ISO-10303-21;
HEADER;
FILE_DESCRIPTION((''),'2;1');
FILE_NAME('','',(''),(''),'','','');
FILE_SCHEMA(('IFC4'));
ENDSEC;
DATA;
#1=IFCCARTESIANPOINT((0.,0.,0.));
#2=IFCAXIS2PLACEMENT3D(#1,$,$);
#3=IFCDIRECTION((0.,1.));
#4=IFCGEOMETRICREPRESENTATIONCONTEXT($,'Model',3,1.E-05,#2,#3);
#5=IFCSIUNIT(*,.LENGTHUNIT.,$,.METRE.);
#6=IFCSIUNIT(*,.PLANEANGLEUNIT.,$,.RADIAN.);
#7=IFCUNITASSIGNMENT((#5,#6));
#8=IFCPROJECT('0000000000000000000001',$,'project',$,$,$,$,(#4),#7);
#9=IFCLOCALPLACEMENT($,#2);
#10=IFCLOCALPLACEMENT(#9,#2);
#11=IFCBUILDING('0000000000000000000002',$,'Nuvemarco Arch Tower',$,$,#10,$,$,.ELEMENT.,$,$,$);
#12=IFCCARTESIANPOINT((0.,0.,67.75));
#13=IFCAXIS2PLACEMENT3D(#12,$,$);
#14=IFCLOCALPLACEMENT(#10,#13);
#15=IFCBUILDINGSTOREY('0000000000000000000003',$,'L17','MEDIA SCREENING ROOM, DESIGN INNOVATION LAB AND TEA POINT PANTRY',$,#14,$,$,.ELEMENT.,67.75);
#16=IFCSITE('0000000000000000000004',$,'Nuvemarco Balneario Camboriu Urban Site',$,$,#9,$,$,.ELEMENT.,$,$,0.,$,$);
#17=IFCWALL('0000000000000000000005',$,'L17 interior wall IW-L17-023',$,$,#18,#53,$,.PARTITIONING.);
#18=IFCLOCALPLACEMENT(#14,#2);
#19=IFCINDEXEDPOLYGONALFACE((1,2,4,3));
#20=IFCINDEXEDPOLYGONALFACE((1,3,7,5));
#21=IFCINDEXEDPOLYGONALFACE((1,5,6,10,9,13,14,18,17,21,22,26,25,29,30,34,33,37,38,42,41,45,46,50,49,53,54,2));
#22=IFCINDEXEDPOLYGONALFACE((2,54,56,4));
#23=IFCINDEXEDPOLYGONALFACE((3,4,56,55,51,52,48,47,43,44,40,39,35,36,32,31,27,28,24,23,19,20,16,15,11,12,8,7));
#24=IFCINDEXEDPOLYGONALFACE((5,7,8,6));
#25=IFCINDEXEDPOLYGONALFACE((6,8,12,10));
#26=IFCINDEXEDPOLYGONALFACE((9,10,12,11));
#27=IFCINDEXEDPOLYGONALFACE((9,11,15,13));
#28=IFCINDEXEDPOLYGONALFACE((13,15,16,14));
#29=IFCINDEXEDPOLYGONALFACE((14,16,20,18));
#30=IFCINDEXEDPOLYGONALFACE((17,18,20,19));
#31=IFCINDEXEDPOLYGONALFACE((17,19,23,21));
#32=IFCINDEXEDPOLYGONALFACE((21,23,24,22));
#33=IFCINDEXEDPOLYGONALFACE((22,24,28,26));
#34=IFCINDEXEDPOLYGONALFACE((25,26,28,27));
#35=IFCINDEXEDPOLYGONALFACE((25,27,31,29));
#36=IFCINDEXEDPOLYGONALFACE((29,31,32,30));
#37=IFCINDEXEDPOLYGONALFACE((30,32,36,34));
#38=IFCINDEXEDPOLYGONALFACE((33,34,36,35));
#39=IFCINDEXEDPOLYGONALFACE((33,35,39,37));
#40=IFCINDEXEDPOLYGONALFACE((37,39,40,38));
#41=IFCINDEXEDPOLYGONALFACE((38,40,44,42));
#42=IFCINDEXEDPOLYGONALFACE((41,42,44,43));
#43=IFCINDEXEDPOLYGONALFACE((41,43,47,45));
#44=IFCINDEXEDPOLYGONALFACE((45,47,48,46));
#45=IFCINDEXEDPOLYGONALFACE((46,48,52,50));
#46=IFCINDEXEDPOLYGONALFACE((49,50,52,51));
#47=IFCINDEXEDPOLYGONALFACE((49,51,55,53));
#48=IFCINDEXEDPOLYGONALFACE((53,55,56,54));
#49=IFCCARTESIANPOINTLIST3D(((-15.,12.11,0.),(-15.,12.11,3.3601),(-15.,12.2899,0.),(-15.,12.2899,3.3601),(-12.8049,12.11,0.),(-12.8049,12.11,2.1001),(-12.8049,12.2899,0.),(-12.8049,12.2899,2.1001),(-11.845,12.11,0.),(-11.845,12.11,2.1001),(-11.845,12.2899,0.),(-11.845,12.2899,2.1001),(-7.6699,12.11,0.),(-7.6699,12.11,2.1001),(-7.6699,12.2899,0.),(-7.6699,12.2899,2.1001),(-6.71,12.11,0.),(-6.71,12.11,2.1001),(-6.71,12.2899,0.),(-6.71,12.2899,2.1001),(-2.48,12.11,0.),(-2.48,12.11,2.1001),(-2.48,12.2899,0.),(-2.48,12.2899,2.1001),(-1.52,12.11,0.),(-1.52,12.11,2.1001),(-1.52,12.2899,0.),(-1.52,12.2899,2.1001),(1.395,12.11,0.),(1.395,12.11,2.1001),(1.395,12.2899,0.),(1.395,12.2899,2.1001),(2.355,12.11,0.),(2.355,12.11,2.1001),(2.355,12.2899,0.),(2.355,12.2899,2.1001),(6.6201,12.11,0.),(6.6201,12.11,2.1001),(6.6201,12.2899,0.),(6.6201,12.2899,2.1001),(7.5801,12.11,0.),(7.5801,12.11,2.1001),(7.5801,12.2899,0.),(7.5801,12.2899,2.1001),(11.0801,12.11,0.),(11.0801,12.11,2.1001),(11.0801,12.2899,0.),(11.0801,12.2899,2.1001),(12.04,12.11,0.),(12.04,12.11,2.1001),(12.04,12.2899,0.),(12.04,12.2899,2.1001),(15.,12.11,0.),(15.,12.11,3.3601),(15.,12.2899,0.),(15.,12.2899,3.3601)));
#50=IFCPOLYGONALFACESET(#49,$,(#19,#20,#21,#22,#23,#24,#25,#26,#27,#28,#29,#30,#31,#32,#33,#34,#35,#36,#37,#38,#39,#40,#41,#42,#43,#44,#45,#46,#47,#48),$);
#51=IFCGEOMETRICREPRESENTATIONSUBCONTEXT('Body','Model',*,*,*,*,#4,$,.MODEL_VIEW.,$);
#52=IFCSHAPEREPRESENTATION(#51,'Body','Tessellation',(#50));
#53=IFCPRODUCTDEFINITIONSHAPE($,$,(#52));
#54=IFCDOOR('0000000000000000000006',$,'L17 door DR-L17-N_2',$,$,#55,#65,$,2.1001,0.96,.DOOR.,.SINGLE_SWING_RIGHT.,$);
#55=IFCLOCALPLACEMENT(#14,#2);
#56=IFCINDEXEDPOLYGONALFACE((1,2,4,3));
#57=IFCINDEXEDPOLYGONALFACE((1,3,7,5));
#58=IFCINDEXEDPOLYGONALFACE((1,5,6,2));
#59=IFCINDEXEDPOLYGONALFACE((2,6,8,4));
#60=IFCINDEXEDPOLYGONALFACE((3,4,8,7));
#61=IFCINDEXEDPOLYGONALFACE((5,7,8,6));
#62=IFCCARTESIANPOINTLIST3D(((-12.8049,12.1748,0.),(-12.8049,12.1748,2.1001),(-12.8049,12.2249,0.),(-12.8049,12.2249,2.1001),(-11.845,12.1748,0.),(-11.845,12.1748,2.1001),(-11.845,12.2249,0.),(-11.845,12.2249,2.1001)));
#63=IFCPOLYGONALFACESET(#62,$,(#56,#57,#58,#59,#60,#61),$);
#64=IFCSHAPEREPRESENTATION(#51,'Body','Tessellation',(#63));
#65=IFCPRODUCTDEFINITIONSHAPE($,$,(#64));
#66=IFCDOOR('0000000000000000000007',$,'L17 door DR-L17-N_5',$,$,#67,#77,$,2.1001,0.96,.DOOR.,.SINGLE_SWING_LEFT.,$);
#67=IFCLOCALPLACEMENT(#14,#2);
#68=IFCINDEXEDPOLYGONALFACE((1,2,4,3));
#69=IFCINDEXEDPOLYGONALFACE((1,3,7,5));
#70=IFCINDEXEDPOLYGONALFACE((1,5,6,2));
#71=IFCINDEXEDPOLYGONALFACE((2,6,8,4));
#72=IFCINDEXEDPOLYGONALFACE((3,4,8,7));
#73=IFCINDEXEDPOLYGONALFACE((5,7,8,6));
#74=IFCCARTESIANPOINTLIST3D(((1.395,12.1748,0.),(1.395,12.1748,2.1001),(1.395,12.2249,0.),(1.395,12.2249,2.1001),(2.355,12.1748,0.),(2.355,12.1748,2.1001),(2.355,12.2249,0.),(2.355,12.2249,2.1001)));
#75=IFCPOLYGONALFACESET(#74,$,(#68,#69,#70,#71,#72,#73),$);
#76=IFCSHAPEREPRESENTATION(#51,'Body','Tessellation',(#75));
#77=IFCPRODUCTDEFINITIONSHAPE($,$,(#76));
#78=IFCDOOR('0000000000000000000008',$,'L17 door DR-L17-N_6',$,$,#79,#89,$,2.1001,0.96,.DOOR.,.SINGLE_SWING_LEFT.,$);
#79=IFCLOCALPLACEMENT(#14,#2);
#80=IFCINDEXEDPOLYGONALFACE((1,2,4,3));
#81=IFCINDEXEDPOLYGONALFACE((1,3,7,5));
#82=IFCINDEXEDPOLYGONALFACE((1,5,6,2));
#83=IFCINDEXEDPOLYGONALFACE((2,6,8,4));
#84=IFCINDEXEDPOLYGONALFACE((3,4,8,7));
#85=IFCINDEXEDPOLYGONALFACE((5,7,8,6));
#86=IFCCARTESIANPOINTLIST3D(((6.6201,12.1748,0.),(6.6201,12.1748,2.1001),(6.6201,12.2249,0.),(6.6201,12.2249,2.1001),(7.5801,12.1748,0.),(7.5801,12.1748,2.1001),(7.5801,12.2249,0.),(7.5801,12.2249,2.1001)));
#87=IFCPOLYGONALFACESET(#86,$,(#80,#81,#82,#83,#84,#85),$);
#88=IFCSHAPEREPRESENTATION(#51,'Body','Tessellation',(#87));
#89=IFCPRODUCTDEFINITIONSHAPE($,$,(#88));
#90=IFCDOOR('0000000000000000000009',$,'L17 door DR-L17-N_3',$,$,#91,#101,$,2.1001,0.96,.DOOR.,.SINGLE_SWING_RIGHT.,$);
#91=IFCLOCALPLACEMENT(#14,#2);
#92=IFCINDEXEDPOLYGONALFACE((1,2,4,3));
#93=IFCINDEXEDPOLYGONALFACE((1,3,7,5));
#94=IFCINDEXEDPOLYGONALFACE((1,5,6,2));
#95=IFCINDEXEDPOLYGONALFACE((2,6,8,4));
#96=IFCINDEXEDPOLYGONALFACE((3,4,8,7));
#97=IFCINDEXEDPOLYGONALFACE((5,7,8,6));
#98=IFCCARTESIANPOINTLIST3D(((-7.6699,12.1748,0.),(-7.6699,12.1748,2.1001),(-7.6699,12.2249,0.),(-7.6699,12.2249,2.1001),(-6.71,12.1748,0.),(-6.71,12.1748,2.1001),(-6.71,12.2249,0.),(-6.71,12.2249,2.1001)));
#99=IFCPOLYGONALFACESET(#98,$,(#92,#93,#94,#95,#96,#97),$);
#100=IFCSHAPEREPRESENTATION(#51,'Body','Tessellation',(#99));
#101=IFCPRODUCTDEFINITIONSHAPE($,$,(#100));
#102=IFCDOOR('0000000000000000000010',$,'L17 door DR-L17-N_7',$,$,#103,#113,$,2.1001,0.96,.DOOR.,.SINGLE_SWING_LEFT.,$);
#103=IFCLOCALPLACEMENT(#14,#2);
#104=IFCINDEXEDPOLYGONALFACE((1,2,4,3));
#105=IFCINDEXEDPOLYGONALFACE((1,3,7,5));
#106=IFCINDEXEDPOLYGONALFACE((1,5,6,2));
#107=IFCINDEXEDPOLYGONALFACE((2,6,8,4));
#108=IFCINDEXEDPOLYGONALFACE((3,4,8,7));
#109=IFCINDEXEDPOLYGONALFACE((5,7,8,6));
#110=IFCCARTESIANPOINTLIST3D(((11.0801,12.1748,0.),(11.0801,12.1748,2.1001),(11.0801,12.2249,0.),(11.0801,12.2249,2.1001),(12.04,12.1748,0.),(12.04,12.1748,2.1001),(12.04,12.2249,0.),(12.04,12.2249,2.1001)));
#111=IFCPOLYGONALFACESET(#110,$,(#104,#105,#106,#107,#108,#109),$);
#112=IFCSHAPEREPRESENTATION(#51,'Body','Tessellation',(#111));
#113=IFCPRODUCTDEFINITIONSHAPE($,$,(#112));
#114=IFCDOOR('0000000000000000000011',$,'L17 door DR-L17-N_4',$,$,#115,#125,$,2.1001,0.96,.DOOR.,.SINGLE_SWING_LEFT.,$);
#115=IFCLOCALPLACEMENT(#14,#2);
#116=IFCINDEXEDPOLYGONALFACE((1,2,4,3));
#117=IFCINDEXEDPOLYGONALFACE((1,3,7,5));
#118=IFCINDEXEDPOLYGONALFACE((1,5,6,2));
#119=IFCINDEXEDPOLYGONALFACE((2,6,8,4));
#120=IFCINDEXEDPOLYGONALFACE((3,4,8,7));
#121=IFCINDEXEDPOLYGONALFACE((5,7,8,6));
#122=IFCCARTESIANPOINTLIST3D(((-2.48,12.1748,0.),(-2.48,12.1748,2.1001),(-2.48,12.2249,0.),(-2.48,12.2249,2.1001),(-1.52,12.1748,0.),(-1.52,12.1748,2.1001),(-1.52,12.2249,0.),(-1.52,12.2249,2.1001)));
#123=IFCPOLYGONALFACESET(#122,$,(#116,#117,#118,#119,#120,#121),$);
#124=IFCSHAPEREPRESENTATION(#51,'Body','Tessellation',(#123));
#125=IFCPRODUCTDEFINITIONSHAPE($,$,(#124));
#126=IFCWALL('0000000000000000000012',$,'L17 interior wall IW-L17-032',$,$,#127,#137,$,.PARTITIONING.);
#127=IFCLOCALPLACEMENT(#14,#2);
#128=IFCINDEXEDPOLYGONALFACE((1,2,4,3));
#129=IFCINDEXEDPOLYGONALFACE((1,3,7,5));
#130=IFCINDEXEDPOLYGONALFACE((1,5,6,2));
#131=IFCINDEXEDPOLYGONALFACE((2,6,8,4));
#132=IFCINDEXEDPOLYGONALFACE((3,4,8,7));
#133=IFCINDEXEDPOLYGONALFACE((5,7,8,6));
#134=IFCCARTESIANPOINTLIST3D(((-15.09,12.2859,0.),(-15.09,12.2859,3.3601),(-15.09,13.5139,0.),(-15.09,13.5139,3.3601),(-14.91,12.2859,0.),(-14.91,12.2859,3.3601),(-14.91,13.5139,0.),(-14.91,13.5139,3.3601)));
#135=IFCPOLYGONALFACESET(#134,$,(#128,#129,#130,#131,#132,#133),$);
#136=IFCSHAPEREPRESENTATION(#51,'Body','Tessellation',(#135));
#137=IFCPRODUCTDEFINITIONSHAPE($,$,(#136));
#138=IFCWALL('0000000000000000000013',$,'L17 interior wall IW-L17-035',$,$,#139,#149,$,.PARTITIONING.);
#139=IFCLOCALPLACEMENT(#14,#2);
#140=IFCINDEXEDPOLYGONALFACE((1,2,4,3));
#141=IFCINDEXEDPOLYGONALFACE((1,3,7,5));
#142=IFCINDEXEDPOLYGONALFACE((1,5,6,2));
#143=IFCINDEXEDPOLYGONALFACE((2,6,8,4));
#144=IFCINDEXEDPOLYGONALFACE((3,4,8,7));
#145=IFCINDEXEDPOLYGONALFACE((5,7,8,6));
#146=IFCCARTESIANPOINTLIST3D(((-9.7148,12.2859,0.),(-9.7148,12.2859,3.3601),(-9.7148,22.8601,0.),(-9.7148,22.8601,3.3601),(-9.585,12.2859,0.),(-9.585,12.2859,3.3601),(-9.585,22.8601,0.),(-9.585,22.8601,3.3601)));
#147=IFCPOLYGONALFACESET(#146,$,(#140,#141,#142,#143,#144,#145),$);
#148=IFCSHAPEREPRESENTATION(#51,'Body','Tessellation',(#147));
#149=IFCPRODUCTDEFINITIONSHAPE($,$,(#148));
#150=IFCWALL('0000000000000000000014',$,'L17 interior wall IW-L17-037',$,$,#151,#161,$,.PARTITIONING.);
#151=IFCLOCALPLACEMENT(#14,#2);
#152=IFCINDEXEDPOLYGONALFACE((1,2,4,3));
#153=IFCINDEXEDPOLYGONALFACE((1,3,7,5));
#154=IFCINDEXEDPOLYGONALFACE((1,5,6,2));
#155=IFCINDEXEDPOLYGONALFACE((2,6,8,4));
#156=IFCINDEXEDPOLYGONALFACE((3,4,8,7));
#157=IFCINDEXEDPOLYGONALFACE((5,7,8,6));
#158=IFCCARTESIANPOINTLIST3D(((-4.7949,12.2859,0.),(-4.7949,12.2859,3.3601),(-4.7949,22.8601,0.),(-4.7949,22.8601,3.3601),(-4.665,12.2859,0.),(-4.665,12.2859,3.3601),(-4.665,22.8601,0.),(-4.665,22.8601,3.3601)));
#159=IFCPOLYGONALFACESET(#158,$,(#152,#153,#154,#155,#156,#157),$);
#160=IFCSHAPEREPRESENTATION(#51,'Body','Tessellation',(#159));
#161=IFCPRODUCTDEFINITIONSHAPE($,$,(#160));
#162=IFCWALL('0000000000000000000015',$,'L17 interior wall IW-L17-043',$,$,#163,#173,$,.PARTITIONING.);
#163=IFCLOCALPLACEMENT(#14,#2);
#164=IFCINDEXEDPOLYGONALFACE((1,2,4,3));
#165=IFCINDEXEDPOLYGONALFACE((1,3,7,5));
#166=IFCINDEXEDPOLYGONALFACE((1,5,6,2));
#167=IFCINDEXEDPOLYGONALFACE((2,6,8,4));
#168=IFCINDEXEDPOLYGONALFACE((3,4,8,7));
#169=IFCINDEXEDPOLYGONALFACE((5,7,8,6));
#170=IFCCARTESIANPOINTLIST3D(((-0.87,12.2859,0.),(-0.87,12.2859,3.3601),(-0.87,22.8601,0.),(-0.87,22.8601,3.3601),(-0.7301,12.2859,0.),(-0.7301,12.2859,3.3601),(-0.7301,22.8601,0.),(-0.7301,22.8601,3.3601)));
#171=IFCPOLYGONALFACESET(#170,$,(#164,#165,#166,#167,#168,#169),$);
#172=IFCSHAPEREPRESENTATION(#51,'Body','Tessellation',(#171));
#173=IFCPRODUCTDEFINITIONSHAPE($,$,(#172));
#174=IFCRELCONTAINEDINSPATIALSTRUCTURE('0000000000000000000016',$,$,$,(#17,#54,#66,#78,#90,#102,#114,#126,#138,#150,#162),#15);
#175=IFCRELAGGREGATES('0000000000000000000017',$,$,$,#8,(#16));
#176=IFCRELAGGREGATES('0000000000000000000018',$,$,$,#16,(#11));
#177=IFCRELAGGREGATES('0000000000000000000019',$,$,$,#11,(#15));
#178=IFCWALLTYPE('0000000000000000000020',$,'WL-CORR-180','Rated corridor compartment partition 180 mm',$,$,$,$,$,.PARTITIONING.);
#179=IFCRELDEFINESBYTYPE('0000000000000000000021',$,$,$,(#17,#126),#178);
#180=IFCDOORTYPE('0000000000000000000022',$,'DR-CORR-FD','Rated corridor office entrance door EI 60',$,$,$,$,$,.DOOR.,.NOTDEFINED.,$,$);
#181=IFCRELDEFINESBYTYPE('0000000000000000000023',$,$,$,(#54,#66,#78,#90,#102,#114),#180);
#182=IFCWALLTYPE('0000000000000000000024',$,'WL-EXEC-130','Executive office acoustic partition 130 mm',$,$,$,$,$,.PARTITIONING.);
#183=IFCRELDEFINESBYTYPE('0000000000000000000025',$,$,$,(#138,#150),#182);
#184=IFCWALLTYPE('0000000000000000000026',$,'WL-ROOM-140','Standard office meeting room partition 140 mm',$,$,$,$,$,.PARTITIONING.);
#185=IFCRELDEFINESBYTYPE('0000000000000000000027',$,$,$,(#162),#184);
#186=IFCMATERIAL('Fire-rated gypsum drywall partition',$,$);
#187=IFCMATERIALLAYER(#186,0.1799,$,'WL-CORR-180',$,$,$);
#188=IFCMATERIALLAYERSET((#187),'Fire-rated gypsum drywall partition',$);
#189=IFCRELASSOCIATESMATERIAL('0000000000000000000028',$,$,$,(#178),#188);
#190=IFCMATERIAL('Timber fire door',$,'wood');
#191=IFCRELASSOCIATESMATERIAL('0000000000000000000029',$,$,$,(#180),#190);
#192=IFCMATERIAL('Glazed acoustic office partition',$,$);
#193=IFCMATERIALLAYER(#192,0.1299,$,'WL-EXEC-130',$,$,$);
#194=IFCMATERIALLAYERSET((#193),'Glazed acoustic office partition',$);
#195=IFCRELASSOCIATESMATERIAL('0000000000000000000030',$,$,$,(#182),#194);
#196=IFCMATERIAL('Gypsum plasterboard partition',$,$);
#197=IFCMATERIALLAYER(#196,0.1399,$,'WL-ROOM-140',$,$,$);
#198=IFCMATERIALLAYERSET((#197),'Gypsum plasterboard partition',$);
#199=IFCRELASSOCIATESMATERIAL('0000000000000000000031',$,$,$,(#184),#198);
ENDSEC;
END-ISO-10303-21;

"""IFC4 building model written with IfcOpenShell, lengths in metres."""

from ifc_helpers import new_model, si_unit, direction, frame, frame_2d, origin, place, context, subcontext, project, spatial, rectangle, extrude, source, transform, mapped, material, layer, layer_set, type_object, type_shapes, element, fill, save


model = new_model("IFC4")

# Units and contexts
model_context = context("Model", 3, precision=1e-05, world=origin(), true_north=direction((0.0, 1.0)))
body_context = subcontext(model_context, "Body", "Model", "MODEL_VIEW")
ifc_project = project(units=[si_unit("LENGTHUNIT", "METRE"), si_unit("PLANEANGLEUNIT", "RADIAN")], contexts=[model_context])

# Site, building, storey
site_placement = place(None, origin())
site = spatial("IfcSite", under=ifc_project, at=site_placement, Name="Nuvemarco Balneario Camboriu Urban Site", CompositionType="ELEMENT", RefElevation=0.0)
building_placement = place(site_placement, origin())
building = spatial("IfcBuilding", under=site, at=building_placement, Name="Nuvemarco Arch Tower", CompositionType="ELEMENT")
storey_placement = place(building_placement, frame((0.0, 0.0, 67.75)))
storey = spatial("IfcBuildingStorey", under=building, at=storey_placement, Name="L17", Description="MEDIA SCREENING ROOM, DESIGN INNOVATION LAB AND TEA POINT PANTRY", CompositionType="ELEMENT", Elevation=67.75)

# Shared definitions
ifc_material_1 = material(Name="Fire-rated gypsum drywall partition")
ifc_layer_1 = layer(ifc_material_1, 0.1799, Name="WL-CORR-180")
ifc_layer_set_1 = layer_set([ifc_layer_1], Name="Fire-rated gypsum drywall partition")
wall_type_1 = type_object("IfcWallType", Name="WL-CORR-180", Description="Rated corridor compartment partition 180 mm", PredefinedType="PARTITIONING", material=ifc_layer_set_1)
ifc_material_2 = material(Name="Timber fire door", Category="wood")
door_type = type_object("IfcDoorType", Name="DR-CORR-FD", Description="Rated corridor office entrance door EI 60", OperationType="NOTDEFINED", PredefinedType="DOOR", material=ifc_material_2)
shared_shape_1 = source(origin(), body_context, "Body", "SweptSolid", [
    extrude(rectangle(XDim=0.96, YDim=2.1001, at=frame_2d((0.48, 1.05))), frame((0.0, 0.0249, 0.0), z_axis=(0.0, -1.0, 0.0), x_axis=(1.0, 0.0, 0.0)), (0.0, 0.0, 1.0), 0.05),
])
type_shapes(door_type, [shared_shape_1])

# Wall, openings, doors
wall_1_placement = place(storey_placement, frame((-15.0, 12.2, 0.0), z_axis=(0.0, 0.0, 1.0), x_axis=(1.0, 0.0, 0.0)))
wall_1 = element("IfcWall", 1, at=wall_1_placement, inside=storey, type_object=wall_type_1, Name="L17 interior wall IW-L17-023", PredefinedType="PARTITIONING", context=body_context, shape_type="SweptSolid", body=[
    extrude(rectangle(XDim=30.0, YDim=0.1799, at=frame_2d((15.0, 0.0))), origin(), (0.0, 0.0, 1.0), 3.3601),
])
opening_1_placement = place(wall_1_placement, frame((2.1951, 0.0, 0.0)))
opening_1 = element("IfcOpeningElement", 2, at=opening_1_placement, cuts=wall_1, PredefinedType="OPENING", context=body_context, shape_type="SweptSolid", body=[
    extrude(rectangle(XDim=0.96, YDim=2.1001, at=frame_2d((0.48, 1.05))), frame((0.0, 0.0999, 0.0), z_axis=(0.0, -1.0, 0.0), x_axis=(1.0, 0.0, 0.0)), (0.0, 0.0, 1.0), 0.2),
])
opening_2_placement = place(wall_1_placement, frame((16.395, 0.0, 0.0)))
opening_2 = element("IfcOpeningElement", 3, at=opening_2_placement, cuts=wall_1, PredefinedType="OPENING", context=body_context, shape_type="SweptSolid", body=[
    extrude(rectangle(XDim=0.96, YDim=2.1001, at=frame_2d((0.48, 1.05))), frame((0.0, 0.0999, 0.0), z_axis=(0.0, -1.0, 0.0), x_axis=(1.0, 0.0, 0.0)), (0.0, 0.0, 1.0), 0.2),
])
opening_3_placement = place(wall_1_placement, frame((21.6201, 0.0, 0.0)))
opening_3 = element("IfcOpeningElement", 4, at=opening_3_placement, cuts=wall_1, PredefinedType="OPENING", context=body_context, shape_type="SweptSolid", body=[
    extrude(rectangle(XDim=0.96, YDim=2.1001, at=frame_2d((0.48, 1.05))), frame((0.0, 0.0999, 0.0), z_axis=(0.0, -1.0, 0.0), x_axis=(1.0, 0.0, 0.0)), (0.0, 0.0, 1.0), 0.2),
])
opening_4_placement = place(wall_1_placement, frame((7.3301, 0.0, 0.0)))
opening_4 = element("IfcOpeningElement", 5, at=opening_4_placement, cuts=wall_1, PredefinedType="OPENING", context=body_context, shape_type="SweptSolid", body=[
    extrude(rectangle(XDim=0.96, YDim=2.1001, at=frame_2d((0.48, 1.05))), frame((0.0, 0.0999, 0.0), z_axis=(0.0, -1.0, 0.0), x_axis=(1.0, 0.0, 0.0)), (0.0, 0.0, 1.0), 0.2),
])
opening_5_placement = place(wall_1_placement, frame((26.0801, 0.0, 0.0)))
opening_5 = element("IfcOpeningElement", 6, at=opening_5_placement, cuts=wall_1, PredefinedType="OPENING", context=body_context, shape_type="SweptSolid", body=[
    extrude(rectangle(XDim=0.96, YDim=2.1001, at=frame_2d((0.48, 1.05))), frame((0.0, 0.0999, 0.0), z_axis=(0.0, -1.0, 0.0), x_axis=(1.0, 0.0, 0.0)), (0.0, 0.0, 1.0), 0.2),
])
opening_6_placement = place(wall_1_placement, frame((12.52, 0.0, 0.0)))
opening_6 = element("IfcOpeningElement", 7, at=opening_6_placement, cuts=wall_1, PredefinedType="OPENING", context=body_context, shape_type="SweptSolid", body=[
    extrude(rectangle(XDim=0.96, YDim=2.1001, at=frame_2d((0.48, 1.05))), frame((0.0, 0.0999, 0.0), z_axis=(0.0, -1.0, 0.0), x_axis=(1.0, 0.0, 0.0)), (0.0, 0.0, 1.0), 0.2),
])
door_1_placement = place(opening_1_placement, origin())
door_1 = element("IfcDoor", 8, at=door_1_placement, inside=storey, type_object=door_type, Name="L17 door DR-L17-N_2", OperationType="SINGLE_SWING_RIGHT", OverallHeight=2.1001, OverallWidth=0.96, PredefinedType="DOOR", context=body_context, shape_type="MappedRepresentation", body=[
    mapped(shared_shape_1, transform((0.0, 0.0, 0.0), scale=1.0)),
])
fill(opening_1, door_1)
door_2_placement = place(opening_2_placement, origin())
door_2 = element("IfcDoor", 9, at=door_2_placement, inside=storey, type_object=door_type, Name="L17 door DR-L17-N_5", OperationType="SINGLE_SWING_LEFT", OverallHeight=2.1001, OverallWidth=0.96, PredefinedType="DOOR", context=body_context, shape_type="MappedRepresentation", body=[
    mapped(shared_shape_1, transform((0.0, 0.0, 0.0), scale=1.0)),
])
fill(opening_2, door_2)
door_3_placement = place(opening_3_placement, origin())
door_3 = element("IfcDoor", 10, at=door_3_placement, inside=storey, type_object=door_type, Name="L17 door DR-L17-N_6", OperationType="SINGLE_SWING_LEFT", OverallHeight=2.1001, OverallWidth=0.96, PredefinedType="DOOR", context=body_context, shape_type="MappedRepresentation", body=[
    mapped(shared_shape_1, transform((0.0, 0.0, 0.0), scale=1.0)),
])
fill(opening_3, door_3)
door_4_placement = place(opening_4_placement, origin())
door_4 = element("IfcDoor", 11, at=door_4_placement, inside=storey, type_object=door_type, Name="L17 door DR-L17-N_3", OperationType="SINGLE_SWING_RIGHT", OverallHeight=2.1001, OverallWidth=0.96, PredefinedType="DOOR", context=body_context, shape_type="MappedRepresentation", body=[
    mapped(shared_shape_1, transform((0.0, 0.0, 0.0), scale=1.0)),
])
fill(opening_4, door_4)
door_5_placement = place(opening_5_placement, origin())
door_5 = element("IfcDoor", 12, at=door_5_placement, inside=storey, type_object=door_type, Name="L17 door DR-L17-N_7", OperationType="SINGLE_SWING_LEFT", OverallHeight=2.1001, OverallWidth=0.96, PredefinedType="DOOR", context=body_context, shape_type="MappedRepresentation", body=[
    mapped(shared_shape_1, transform((0.0, 0.0, 0.0), scale=1.0)),
])
fill(opening_5, door_5)
door_6_placement = place(opening_6_placement, origin())
door_6 = element("IfcDoor", 13, at=door_6_placement, inside=storey, type_object=door_type, Name="L17 door DR-L17-N_4", OperationType="SINGLE_SWING_LEFT", OverallHeight=2.1001, OverallWidth=0.96, PredefinedType="DOOR", context=body_context, shape_type="MappedRepresentation", body=[
    mapped(shared_shape_1, transform((0.0, 0.0, 0.0), scale=1.0)),
])
fill(opening_6, door_6)

# Walls
wall_2_placement = place(storey_placement, frame((-15.0, 12.2859, 0.0), z_axis=(0.0, 0.0, 1.0), x_axis=(0.0, 1.0, 0.0)))
element("IfcWall", 14, at=wall_2_placement, inside=storey, type_object=wall_type_1, Name="L17 interior wall IW-L17-032", PredefinedType="PARTITIONING", context=body_context, shape_type="SweptSolid", body=[
    extrude(rectangle(XDim=1.228, YDim=0.1799, at=frame_2d((0.614, 0.0))), origin(), (0.0, 0.0, 1.0), 3.3601),
])
ifc_material_3 = material(Name="Glazed acoustic office partition")
ifc_layer_2 = layer(ifc_material_3, 0.1299, Name="WL-EXEC-130")
ifc_layer_set_2 = layer_set([ifc_layer_2], Name="Glazed acoustic office partition")
wall_type_2 = type_object("IfcWallType", Name="WL-EXEC-130", Description="Executive office acoustic partition 130 mm", PredefinedType="PARTITIONING", material=ifc_layer_set_2)
for number, where, z_axis, x_axis, name in (
    (15, (-9.6499, 12.2859, 0.0), (0.0, 0.0, 1.0), (0.0, 1.0, 0.0), "L17 interior wall IW-L17-035"),
    (16, (-4.73, 12.2859, 0.0), (0.0, 0.0, 1.0), (0.0, 1.0, 0.0), "L17 interior wall IW-L17-037"),
):
    element("IfcWall", number, at=place(storey_placement, frame(where, z_axis=z_axis, x_axis=x_axis)), inside=storey, type_object=wall_type_2, Name=name, PredefinedType="PARTITIONING", context=body_context, shape_type="SweptSolid", body=[
        extrude(rectangle(XDim=10.5742, YDim=0.1299, at=frame_2d((5.2871, 0.0))), origin(), (0.0, 0.0, 1.0), 3.3601),
    ])
ifc_material_4 = material(Name="Gypsum plasterboard partition")
ifc_layer_3 = layer(ifc_material_4, 0.1399, Name="WL-ROOM-140")
ifc_layer_set_3 = layer_set([ifc_layer_3], Name="Gypsum plasterboard partition")
wall_type_3 = type_object("IfcWallType", Name="WL-ROOM-140", Description="Standard office meeting room partition 140 mm", PredefinedType="PARTITIONING", material=ifc_layer_set_3)
wall_3_placement = place(storey_placement, frame((-0.8, 12.2859, 0.0), z_axis=(0.0, 0.0, 1.0), x_axis=(0.0, 1.0, 0.0)))
element("IfcWall", 17, at=wall_3_placement, inside=storey, type_object=wall_type_3, Name="L17 interior wall IW-L17-043", PredefinedType="PARTITIONING", context=body_context, shape_type="SweptSolid", body=[
    extrude(rectangle(XDim=10.5742, YDim=0.1399, at=frame_2d((5.2871, 0.0))), origin(), (0.0, 0.0, 1.0), 3.3601),
])

save(model, "model.ifc")
